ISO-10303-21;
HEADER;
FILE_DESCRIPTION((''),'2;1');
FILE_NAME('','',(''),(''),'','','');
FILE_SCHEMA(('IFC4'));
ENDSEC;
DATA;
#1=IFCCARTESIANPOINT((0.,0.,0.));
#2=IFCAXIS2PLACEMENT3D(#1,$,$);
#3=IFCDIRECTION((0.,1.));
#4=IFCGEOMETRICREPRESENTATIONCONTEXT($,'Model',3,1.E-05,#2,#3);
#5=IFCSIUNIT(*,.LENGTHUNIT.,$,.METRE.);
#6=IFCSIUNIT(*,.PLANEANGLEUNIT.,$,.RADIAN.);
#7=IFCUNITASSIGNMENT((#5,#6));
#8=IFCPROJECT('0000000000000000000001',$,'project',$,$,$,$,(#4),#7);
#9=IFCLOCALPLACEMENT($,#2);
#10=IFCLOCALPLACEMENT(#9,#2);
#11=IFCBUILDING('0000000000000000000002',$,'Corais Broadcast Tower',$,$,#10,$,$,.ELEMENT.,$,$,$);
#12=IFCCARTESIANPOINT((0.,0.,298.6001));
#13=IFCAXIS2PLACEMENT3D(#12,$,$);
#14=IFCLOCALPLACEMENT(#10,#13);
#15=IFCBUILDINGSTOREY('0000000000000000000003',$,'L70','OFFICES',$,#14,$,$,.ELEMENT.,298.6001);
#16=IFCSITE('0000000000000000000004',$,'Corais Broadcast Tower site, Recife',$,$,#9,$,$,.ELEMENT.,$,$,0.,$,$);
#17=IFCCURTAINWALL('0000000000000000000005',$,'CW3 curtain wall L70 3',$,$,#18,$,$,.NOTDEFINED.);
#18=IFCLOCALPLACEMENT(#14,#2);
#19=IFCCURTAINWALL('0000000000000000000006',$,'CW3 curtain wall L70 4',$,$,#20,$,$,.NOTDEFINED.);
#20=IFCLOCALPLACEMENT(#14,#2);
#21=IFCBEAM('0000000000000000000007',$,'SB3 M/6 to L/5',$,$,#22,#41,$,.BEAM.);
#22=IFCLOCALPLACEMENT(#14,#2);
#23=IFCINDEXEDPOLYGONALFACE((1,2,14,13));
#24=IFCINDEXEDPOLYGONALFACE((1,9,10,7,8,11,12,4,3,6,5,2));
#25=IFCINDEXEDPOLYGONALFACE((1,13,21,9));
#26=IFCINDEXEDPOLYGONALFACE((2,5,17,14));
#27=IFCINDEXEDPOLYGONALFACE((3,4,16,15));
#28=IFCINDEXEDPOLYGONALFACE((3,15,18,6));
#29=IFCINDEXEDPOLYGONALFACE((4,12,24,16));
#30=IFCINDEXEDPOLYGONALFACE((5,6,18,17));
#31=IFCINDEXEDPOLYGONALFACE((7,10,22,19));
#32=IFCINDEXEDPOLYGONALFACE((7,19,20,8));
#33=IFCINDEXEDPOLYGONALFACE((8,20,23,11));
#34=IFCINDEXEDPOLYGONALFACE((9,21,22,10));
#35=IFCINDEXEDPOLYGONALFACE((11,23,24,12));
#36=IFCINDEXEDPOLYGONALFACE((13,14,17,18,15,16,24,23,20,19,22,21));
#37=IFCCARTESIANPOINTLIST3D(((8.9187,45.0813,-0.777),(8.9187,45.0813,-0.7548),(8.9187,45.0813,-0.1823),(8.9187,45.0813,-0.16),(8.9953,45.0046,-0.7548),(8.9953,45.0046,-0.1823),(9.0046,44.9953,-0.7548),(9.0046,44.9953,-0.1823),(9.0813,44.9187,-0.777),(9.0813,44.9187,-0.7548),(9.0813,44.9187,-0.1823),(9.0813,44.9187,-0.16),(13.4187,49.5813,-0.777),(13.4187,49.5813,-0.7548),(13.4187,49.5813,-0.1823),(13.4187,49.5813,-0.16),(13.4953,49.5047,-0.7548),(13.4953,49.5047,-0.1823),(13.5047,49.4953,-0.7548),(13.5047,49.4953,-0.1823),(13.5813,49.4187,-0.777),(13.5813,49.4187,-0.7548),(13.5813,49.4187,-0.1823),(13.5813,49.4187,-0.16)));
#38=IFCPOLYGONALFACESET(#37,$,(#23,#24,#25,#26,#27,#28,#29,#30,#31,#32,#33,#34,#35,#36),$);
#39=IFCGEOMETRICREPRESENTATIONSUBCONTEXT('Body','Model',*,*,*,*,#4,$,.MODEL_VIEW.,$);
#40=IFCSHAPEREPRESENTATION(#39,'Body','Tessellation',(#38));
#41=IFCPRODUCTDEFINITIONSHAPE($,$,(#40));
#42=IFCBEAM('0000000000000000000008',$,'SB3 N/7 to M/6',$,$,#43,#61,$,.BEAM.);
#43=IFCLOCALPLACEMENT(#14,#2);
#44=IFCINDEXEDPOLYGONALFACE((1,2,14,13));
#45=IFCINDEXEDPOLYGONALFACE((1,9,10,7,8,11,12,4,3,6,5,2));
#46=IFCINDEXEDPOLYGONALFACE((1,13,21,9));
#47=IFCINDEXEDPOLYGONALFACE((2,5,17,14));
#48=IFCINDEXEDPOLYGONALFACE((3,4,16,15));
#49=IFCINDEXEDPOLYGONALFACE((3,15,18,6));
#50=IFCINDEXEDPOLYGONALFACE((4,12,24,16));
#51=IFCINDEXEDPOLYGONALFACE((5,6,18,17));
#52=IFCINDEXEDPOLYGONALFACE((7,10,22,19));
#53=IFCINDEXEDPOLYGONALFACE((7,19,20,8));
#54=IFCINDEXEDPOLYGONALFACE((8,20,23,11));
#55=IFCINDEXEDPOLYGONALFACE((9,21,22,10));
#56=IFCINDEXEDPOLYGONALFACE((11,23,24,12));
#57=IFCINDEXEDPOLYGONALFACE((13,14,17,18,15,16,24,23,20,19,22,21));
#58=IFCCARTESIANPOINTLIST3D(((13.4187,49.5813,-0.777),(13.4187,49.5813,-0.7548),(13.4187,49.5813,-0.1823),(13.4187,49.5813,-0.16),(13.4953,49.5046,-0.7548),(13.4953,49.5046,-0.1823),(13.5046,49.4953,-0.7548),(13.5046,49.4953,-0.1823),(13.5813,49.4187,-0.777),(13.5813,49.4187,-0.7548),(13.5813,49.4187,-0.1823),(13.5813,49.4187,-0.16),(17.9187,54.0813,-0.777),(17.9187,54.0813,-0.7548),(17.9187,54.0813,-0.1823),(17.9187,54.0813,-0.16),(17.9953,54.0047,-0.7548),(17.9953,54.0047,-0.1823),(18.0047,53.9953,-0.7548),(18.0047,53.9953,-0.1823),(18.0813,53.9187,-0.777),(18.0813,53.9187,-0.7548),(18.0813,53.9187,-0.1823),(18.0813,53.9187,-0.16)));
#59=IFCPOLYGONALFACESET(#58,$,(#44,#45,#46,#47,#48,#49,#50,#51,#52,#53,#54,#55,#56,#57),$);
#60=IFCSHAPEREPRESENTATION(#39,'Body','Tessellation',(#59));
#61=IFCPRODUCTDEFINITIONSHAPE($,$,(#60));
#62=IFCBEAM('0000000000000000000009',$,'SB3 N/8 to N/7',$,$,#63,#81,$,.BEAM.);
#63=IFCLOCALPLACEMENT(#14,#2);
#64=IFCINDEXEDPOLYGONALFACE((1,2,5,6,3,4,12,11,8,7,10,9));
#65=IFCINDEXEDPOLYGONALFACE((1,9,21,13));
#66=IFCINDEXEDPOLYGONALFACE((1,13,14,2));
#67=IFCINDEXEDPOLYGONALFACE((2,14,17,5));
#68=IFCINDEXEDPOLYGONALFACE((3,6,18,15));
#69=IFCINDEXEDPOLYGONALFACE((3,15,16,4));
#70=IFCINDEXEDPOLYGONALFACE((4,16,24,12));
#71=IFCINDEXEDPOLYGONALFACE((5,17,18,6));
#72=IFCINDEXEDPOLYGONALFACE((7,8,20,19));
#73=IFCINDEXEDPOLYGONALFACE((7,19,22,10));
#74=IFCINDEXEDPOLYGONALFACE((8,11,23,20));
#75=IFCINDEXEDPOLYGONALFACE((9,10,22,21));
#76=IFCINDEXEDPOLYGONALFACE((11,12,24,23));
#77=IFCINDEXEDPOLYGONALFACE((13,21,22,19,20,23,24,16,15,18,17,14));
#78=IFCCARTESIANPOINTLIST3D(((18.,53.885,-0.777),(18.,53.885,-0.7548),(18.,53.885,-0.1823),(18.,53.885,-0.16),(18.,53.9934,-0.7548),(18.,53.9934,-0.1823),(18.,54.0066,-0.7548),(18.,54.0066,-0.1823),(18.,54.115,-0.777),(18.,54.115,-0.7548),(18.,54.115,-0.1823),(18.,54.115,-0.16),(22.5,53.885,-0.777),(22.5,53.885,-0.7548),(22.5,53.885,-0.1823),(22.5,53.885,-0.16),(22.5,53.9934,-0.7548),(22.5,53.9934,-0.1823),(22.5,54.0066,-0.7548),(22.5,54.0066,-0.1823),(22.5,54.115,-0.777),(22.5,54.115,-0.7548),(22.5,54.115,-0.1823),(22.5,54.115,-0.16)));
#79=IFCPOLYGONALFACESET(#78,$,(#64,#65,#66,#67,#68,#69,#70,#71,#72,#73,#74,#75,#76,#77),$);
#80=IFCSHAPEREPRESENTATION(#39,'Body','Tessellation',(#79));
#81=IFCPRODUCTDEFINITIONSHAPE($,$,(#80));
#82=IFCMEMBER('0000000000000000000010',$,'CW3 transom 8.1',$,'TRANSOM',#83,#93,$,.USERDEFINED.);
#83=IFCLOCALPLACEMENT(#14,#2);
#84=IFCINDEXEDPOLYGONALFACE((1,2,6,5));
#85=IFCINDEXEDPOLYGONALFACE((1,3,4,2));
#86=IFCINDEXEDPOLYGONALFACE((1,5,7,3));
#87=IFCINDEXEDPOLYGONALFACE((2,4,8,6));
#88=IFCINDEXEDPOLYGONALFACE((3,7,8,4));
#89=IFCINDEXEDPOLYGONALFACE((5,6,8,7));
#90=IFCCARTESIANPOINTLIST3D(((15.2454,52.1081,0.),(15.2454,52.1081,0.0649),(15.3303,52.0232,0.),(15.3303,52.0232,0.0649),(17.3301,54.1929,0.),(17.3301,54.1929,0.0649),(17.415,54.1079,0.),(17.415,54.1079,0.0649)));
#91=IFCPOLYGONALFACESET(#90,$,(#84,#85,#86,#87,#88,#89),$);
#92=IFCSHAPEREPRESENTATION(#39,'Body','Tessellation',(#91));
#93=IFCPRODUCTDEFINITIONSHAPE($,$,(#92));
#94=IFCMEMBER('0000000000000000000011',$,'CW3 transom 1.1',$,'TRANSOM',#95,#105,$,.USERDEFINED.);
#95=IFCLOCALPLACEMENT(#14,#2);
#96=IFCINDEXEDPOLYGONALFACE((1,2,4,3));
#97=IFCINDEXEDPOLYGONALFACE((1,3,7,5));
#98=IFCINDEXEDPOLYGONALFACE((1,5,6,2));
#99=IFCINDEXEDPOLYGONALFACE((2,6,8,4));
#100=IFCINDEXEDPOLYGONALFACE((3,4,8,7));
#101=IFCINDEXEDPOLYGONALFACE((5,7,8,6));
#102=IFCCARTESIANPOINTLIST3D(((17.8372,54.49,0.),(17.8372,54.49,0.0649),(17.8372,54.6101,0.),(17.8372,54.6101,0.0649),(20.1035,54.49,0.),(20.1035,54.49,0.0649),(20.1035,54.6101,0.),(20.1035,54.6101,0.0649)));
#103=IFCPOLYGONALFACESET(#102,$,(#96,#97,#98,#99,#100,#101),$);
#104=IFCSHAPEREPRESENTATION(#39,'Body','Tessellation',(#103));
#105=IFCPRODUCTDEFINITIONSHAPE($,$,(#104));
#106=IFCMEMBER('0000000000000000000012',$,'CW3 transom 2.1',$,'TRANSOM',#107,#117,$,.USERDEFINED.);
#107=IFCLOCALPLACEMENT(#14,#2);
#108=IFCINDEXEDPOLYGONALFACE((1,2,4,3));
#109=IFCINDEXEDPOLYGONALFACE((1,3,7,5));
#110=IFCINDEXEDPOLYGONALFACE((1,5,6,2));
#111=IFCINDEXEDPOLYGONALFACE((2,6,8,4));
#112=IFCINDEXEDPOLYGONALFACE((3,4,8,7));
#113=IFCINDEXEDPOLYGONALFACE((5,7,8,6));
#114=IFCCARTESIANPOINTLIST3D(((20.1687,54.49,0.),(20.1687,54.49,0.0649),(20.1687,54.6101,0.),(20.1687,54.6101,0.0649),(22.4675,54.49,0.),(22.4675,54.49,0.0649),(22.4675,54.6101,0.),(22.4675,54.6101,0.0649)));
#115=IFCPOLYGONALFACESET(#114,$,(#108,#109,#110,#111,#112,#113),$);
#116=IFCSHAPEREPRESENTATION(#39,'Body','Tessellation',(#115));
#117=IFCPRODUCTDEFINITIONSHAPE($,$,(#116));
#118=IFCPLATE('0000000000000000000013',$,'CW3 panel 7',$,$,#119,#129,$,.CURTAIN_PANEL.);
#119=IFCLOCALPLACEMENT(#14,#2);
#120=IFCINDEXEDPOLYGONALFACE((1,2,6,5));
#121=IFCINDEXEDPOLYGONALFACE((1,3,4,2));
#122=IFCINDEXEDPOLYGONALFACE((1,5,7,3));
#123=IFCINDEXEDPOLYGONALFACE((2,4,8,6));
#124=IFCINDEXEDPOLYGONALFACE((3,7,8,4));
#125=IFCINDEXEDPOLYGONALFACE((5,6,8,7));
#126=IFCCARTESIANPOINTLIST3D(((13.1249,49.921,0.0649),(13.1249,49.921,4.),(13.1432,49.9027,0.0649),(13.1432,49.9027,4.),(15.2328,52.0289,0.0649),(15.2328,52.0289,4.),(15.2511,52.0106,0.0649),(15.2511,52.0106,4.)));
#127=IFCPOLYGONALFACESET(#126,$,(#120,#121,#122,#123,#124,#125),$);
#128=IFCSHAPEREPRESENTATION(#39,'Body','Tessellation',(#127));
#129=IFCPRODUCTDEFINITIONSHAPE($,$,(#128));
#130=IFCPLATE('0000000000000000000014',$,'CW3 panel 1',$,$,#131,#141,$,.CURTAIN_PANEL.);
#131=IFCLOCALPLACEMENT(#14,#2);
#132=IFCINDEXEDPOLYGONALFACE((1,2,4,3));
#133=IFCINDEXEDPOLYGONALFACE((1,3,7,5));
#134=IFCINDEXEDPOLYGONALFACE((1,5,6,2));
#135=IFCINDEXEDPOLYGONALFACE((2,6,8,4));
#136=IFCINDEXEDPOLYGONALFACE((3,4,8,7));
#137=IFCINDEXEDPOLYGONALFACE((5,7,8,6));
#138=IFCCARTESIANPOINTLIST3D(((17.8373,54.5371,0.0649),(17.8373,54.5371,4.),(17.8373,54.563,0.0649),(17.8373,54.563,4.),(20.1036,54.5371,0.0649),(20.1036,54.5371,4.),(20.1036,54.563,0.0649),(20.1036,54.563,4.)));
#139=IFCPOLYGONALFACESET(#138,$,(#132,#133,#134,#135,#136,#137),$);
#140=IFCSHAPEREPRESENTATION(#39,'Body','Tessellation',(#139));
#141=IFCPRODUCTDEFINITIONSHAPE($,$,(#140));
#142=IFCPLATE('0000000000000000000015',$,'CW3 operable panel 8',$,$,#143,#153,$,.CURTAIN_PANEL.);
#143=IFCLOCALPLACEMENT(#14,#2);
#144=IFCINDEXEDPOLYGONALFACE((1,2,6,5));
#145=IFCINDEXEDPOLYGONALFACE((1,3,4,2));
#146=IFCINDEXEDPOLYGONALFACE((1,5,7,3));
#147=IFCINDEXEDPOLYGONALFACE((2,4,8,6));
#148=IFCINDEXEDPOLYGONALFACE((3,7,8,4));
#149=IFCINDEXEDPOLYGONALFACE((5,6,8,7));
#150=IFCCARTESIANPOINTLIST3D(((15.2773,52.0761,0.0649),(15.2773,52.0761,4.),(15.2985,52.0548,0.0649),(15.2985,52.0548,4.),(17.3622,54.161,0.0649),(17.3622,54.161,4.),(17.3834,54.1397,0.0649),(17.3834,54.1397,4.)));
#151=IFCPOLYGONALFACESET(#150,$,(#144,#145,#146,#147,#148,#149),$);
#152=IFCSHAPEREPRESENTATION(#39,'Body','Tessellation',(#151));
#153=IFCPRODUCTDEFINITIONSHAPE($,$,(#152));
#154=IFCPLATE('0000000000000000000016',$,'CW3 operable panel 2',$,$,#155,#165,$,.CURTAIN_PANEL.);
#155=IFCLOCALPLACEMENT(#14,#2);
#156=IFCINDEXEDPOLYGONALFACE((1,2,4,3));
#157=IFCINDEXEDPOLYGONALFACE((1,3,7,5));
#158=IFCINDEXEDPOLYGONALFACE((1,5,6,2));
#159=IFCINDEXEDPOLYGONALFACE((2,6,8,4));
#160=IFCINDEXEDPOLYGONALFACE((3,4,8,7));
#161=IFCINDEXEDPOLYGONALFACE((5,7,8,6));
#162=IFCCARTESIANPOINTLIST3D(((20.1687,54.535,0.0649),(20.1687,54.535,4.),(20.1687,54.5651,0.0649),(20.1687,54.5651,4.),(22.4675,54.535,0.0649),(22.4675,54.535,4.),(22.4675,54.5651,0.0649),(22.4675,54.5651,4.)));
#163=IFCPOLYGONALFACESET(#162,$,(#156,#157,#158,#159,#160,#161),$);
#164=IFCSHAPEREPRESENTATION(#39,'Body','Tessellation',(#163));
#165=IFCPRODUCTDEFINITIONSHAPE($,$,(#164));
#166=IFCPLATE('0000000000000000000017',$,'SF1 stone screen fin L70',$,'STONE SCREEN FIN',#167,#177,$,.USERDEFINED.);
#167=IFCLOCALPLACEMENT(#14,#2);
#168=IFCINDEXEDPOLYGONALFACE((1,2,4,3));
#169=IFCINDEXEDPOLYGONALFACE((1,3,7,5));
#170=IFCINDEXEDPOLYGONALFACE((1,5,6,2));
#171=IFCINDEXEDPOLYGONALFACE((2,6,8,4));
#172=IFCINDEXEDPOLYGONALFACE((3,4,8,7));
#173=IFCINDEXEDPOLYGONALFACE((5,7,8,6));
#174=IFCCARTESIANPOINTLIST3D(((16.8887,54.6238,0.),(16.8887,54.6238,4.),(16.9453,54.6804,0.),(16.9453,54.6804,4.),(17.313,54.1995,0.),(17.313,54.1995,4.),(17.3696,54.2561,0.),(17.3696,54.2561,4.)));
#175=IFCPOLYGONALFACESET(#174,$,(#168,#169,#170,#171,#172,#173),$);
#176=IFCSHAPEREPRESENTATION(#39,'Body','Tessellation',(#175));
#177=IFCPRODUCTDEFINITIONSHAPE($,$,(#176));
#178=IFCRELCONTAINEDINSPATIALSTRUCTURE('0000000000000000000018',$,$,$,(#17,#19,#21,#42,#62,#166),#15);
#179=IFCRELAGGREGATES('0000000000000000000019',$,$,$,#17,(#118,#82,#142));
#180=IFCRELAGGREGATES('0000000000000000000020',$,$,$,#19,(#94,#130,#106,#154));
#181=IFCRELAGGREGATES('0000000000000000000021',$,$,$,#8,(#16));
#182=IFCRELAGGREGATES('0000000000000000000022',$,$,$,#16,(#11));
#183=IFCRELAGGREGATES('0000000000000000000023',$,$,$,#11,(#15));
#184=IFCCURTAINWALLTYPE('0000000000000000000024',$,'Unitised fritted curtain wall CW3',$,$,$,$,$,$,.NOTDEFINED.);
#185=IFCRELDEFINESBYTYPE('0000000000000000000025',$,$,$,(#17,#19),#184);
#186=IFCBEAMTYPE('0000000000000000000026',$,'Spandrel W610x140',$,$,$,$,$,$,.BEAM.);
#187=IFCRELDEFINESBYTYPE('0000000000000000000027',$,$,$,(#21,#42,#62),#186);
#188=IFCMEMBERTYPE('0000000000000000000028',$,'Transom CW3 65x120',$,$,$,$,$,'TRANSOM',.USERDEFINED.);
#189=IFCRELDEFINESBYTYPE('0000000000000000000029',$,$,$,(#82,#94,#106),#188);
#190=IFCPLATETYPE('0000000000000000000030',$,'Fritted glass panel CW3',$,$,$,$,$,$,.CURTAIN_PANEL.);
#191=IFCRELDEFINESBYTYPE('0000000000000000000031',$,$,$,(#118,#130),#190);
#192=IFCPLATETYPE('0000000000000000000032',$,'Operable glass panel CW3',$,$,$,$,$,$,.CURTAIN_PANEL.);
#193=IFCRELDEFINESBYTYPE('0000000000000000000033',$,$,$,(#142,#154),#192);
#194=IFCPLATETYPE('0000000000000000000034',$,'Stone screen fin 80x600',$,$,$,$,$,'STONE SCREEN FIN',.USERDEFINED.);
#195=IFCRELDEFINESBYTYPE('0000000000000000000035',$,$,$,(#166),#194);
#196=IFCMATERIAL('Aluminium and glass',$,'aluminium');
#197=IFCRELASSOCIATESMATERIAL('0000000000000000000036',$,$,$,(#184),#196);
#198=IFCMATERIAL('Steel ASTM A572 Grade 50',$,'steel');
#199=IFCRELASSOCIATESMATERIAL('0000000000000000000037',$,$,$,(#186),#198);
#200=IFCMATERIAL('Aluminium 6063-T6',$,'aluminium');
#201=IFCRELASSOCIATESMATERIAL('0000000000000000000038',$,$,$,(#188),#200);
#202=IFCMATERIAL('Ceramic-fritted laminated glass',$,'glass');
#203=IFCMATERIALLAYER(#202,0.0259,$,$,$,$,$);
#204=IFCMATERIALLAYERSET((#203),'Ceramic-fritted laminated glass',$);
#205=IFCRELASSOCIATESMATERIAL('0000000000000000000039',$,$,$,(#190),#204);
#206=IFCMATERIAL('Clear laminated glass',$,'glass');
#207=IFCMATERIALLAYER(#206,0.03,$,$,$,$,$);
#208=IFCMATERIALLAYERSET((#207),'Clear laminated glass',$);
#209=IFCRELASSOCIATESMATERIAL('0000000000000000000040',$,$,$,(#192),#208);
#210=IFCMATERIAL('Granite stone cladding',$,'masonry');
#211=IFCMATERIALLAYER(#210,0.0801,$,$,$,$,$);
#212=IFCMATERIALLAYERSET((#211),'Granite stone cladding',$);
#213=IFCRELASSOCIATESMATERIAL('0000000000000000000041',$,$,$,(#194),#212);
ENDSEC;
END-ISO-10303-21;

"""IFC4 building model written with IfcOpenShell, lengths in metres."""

from ifc_helpers import new_model, si_unit, direction, frame, origin, origin_2d, place, context, subcontext, project, spatial, rectangle, i_section, extrude, material, layer, layer_set, material_profile, profile_set, type_object, element, aggregate, save


model = new_model("IFC4")

# Units and contexts
model_context = context("Model", 3, precision=1e-05, world=origin(), true_north=direction((0.0, 1.0)))
body_context = subcontext(model_context, "Body", "Model", "MODEL_VIEW")
ifc_project = project(units=[si_unit("LENGTHUNIT", "METRE"), si_unit("PLANEANGLEUNIT", "RADIAN")], contexts=[model_context])

# Site, building, storey
site_placement = place(None, origin())
site = spatial("IfcSite", under=ifc_project, at=site_placement, Name="Corais Broadcast Tower site, Recife", CompositionType="ELEMENT", RefElevation=0.0)
building_placement = place(site_placement, origin())
building = spatial("IfcBuilding", under=site, at=building_placement, Name="Corais Broadcast Tower", CompositionType="ELEMENT")
storey_placement = place(building_placement, frame((0.0, 0.0, 298.6001)))
storey = spatial("IfcBuildingStorey", under=building, at=storey_placement, Name="L70", Description="OFFICES", CompositionType="ELEMENT", Elevation=298.6001)

# Curtain walls
ifc_material_1 = material(Name="Aluminium and glass", Category="aluminium")
curtain_wall_type = type_object("IfcCurtainWallType", Name="Unitised fritted curtain wall CW3", PredefinedType="NOTDEFINED", material=ifc_material_1)
curtain_wall_1_placement = place(storey_placement, origin())
curtain_wall_1 = element("IfcCurtainWall", 1, at=curtain_wall_1_placement, inside=storey, type_object=curtain_wall_type, Name="CW3 curtain wall L70 3", PredefinedType="NOTDEFINED")
curtain_wall_2_placement = place(storey_placement, origin())
curtain_wall_2 = element("IfcCurtainWall", 2, at=curtain_wall_2_placement, inside=storey, type_object=curtain_wall_type, Name="CW3 curtain wall L70 4", PredefinedType="NOTDEFINED")

# Beams
ifc_material_2 = material(Name="Steel ASTM A572 Grade 50", Category="steel")
ifc_material_profile_1 = material_profile(ifc_material_2, i_section(OverallWidth=0.23, OverallDepth=0.6169, WebThickness=0.0132, FlangeThickness=0.0222, at=origin_2d()), Name="W610x140")
ifc_profile_set_1 = profile_set([ifc_material_profile_1], Name="Steel ASTM A572 Grade 50")
beam_type_1 = type_object("IfcBeamType", Name="Spandrel W610x140", PredefinedType="BEAM", material=ifc_profile_set_1)
for number, where, z_axis, x_axis, name in (
    (3, (13.5, 49.5, -0.4685), (-0.707107, -0.707107, 0.0), (0.707107, -0.707107, 0.0), "SB3 M/6 to L/5"),
    (4, (18.0, 54.0, -0.4685), (-0.707107, -0.707107, 0.0), (0.707107, -0.707107, 0.0), "SB3 N/7 to M/6"),
):
    element("IfcBeam", number, at=place(storey_placement, frame(where, z_axis=z_axis, x_axis=x_axis)), inside=storey, type_object=beam_type_1, Name=name, PredefinedType="BEAM", context=body_context, shape_type="SweptSolid", body=[
        extrude(i_section(OverallWidth=0.23, OverallDepth=0.6169, WebThickness=0.0132, FlangeThickness=0.0222, at=origin_2d()), origin(), (0.0, 0.0, 1.0), 6.364),
    ])
beam_1_placement = place(storey_placement, frame((22.5, 54.0, -0.4685), z_axis=(-1.0, 0.0, 0.0), x_axis=(0.0, -1.0, 0.0)))
element("IfcBeam", 5, at=beam_1_placement, inside=storey, type_object=beam_type_1, Name="SB3 N/8 to N/7", PredefinedType="BEAM", context=body_context, shape_type="SweptSolid", body=[
    extrude(i_section(OverallWidth=0.23, OverallDepth=0.6169, WebThickness=0.0132, FlangeThickness=0.0222, at=origin_2d()), origin(), (0.0, 0.0, 1.0), 4.5),
])

# Members
ifc_material_3 = material(Name="Aluminium 6063-T6", Category="aluminium")
ifc_material_profile_2 = material_profile(ifc_material_3, rectangle(XDim=0.1201, YDim=0.0649, at=origin_2d()), Name="Transom CW3 65x120")
ifc_profile_set_2 = profile_set([ifc_material_profile_2], Name="Aluminium 6063-T6")
member_type_1 = type_object("IfcMemberType", Name="Transom CW3 65x120", ElementType="TRANSOM", PredefinedType="USERDEFINED", material=ifc_profile_set_2)
member_1_placement = place(storey_placement, frame((15.2878, 52.0657, 0.0325), z_axis=(0.707107, 0.707107, 0.0), x_axis=(-0.707107, 0.707107, 0.0)))
member_1 = element("IfcMember", 6, at=member_1_placement, type_object=member_type_1, Name="CW3 transom 8.1", ObjectType="TRANSOM", PredefinedType="USERDEFINED", context=body_context, shape_type="SweptSolid", body=[
    extrude(rectangle(XDim=0.1201, YDim=0.0649, at=origin_2d()), origin(), (0.0, 0.0, 1.0), 2.9482),
])
member_2_placement = place(storey_placement, frame((17.8372, 54.55, 0.0325), z_axis=(1.0, 0.0, 0.0), x_axis=(0.0, 1.0, 0.0)))
member_2 = element("IfcMember", 7, at=member_2_placement, type_object=member_type_1, Name="CW3 transom 1.1", ObjectType="TRANSOM", PredefinedType="USERDEFINED", context=body_context, shape_type="SweptSolid", body=[
    extrude(rectangle(XDim=0.1201, YDim=0.0649, at=origin_2d()), origin(), (0.0, 0.0, 1.0), 2.2664),
])
member_3_placement = place(storey_placement, frame((20.1687, 54.55, 0.0325), z_axis=(1.0, 0.0, 0.0), x_axis=(0.0, 1.0, 0.0)))
member_3 = element("IfcMember", 8, at=member_3_placement, type_object=member_type_1, Name="CW3 transom 2.1", ObjectType="TRANSOM", PredefinedType="USERDEFINED", context=body_context, shape_type="SweptSolid", body=[
    extrude(rectangle(XDim=0.1201, YDim=0.0649, at=origin_2d()), origin(), (0.0, 0.0, 1.0), 2.2988),
])

# Plates
ifc_material_4 = material(Name="Ceramic-fritted laminated glass", Category="glass")
ifc_layer_1 = layer(ifc_material_4, 0.0259)
ifc_layer_set_1 = layer_set([ifc_layer_1], Name="Ceramic-fritted laminated glass")
plate_type_1 = type_object("IfcPlateType", Name="Fritted glass panel CW3", PredefinedType="CURTAIN_PANEL", material=ifc_layer_set_1)
plate_1_placement = place(storey_placement, frame((14.188, 50.9658, 0.0649), z_axis=(0.0, 0.0, 1.0), x_axis=(0.707107, 0.707107, 0.0)))
plate_1 = element("IfcPlate", 9, at=plate_1_placement, type_object=plate_type_1, Name="CW3 panel 7", PredefinedType="CURTAIN_PANEL", context=body_context, shape_type="SweptSolid", body=[
    extrude(rectangle(XDim=2.981, YDim=0.0259, at=origin_2d()), origin(), (0.0, 0.0, 1.0), 3.9351),
])
plate_2_placement = place(storey_placement, frame((18.9705, 54.55, 0.0649), z_axis=(0.0, 0.0, 1.0), x_axis=(1.0, 0.0, 0.0)))
plate_2 = element("IfcPlate", 10, at=plate_2_placement, type_object=plate_type_1, Name="CW3 panel 1", PredefinedType="CURTAIN_PANEL", context=body_context, shape_type="SweptSolid", body=[
    extrude(rectangle(XDim=2.2664, YDim=0.0259, at=origin_2d()), origin(), (0.0, 0.0, 1.0), 3.9351),
])
ifc_material_5 = material(Name="Clear laminated glass", Category="glass")
ifc_layer_2 = layer(ifc_material_5, 0.03)
ifc_layer_set_2 = layer_set([ifc_layer_2], Name="Clear laminated glass")
plate_type_2 = type_object("IfcPlateType", Name="Operable glass panel CW3", PredefinedType="CURTAIN_PANEL", material=ifc_layer_set_2)
plate_3_placement = place(storey_placement, frame((16.3303, 53.1079, 0.0649), z_axis=(0.0, 0.0, 1.0), x_axis=(0.707107, 0.707107, 0.0)))
plate_3 = element("IfcPlate", 11, at=plate_3_placement, type_object=plate_type_2, Name="CW3 operable panel 8", PredefinedType="CURTAIN_PANEL", context=body_context, shape_type="SweptSolid", body=[
    extrude(rectangle(XDim=2.9485, YDim=0.03, at=origin_2d()), origin(), (0.0, 0.0, 1.0), 3.9351),
])
aggregate(curtain_wall_1, [plate_1, member_1, plate_3])
plate_4_placement = place(storey_placement, frame((21.3181, 54.55, 0.0649), z_axis=(0.0, 0.0, 1.0), x_axis=(1.0, 0.0, 0.0)))
plate_4 = element("IfcPlate", 12, at=plate_4_placement, type_object=plate_type_2, Name="CW3 operable panel 2", PredefinedType="CURTAIN_PANEL", context=body_context, shape_type="SweptSolid", body=[
    extrude(rectangle(XDim=2.2988, YDim=0.03, at=origin_2d()), origin(), (0.0, 0.0, 1.0), 3.9351),
])
aggregate(curtain_wall_2, [member_2, plate_2, member_3, plate_4])
ifc_material_6 = material(Name="Granite stone cladding", Category="masonry")
ifc_layer_3 = layer(ifc_material_6, 0.0801)
ifc_layer_set_3 = layer_set([ifc_layer_3], Name="Granite stone cladding")
plate_type_3 = type_object("IfcPlateType", Name="Stone screen fin 80x600", ElementType="STONE SCREEN FIN", PredefinedType="USERDEFINED", material=ifc_layer_set_3)
plate_5_placement = place(storey_placement, frame((17.1292, 54.4399, 0.0), z_axis=(0.0, 0.0, 1.0), x_axis=(0.707107, 0.707107, 0.0)))
element("IfcPlate", 13, at=plate_5_placement, inside=storey, type_object=plate_type_3, Name="SF1 stone screen fin L70", ObjectType="STONE SCREEN FIN", PredefinedType="USERDEFINED", context=body_context, shape_type="SweptSolid", body=[
    extrude(rectangle(XDim=0.0801, YDim=0.6001, at=origin_2d()), origin(), (0.0, 0.0, 1.0), 4.0),
])

save(model, "model.ifc")
